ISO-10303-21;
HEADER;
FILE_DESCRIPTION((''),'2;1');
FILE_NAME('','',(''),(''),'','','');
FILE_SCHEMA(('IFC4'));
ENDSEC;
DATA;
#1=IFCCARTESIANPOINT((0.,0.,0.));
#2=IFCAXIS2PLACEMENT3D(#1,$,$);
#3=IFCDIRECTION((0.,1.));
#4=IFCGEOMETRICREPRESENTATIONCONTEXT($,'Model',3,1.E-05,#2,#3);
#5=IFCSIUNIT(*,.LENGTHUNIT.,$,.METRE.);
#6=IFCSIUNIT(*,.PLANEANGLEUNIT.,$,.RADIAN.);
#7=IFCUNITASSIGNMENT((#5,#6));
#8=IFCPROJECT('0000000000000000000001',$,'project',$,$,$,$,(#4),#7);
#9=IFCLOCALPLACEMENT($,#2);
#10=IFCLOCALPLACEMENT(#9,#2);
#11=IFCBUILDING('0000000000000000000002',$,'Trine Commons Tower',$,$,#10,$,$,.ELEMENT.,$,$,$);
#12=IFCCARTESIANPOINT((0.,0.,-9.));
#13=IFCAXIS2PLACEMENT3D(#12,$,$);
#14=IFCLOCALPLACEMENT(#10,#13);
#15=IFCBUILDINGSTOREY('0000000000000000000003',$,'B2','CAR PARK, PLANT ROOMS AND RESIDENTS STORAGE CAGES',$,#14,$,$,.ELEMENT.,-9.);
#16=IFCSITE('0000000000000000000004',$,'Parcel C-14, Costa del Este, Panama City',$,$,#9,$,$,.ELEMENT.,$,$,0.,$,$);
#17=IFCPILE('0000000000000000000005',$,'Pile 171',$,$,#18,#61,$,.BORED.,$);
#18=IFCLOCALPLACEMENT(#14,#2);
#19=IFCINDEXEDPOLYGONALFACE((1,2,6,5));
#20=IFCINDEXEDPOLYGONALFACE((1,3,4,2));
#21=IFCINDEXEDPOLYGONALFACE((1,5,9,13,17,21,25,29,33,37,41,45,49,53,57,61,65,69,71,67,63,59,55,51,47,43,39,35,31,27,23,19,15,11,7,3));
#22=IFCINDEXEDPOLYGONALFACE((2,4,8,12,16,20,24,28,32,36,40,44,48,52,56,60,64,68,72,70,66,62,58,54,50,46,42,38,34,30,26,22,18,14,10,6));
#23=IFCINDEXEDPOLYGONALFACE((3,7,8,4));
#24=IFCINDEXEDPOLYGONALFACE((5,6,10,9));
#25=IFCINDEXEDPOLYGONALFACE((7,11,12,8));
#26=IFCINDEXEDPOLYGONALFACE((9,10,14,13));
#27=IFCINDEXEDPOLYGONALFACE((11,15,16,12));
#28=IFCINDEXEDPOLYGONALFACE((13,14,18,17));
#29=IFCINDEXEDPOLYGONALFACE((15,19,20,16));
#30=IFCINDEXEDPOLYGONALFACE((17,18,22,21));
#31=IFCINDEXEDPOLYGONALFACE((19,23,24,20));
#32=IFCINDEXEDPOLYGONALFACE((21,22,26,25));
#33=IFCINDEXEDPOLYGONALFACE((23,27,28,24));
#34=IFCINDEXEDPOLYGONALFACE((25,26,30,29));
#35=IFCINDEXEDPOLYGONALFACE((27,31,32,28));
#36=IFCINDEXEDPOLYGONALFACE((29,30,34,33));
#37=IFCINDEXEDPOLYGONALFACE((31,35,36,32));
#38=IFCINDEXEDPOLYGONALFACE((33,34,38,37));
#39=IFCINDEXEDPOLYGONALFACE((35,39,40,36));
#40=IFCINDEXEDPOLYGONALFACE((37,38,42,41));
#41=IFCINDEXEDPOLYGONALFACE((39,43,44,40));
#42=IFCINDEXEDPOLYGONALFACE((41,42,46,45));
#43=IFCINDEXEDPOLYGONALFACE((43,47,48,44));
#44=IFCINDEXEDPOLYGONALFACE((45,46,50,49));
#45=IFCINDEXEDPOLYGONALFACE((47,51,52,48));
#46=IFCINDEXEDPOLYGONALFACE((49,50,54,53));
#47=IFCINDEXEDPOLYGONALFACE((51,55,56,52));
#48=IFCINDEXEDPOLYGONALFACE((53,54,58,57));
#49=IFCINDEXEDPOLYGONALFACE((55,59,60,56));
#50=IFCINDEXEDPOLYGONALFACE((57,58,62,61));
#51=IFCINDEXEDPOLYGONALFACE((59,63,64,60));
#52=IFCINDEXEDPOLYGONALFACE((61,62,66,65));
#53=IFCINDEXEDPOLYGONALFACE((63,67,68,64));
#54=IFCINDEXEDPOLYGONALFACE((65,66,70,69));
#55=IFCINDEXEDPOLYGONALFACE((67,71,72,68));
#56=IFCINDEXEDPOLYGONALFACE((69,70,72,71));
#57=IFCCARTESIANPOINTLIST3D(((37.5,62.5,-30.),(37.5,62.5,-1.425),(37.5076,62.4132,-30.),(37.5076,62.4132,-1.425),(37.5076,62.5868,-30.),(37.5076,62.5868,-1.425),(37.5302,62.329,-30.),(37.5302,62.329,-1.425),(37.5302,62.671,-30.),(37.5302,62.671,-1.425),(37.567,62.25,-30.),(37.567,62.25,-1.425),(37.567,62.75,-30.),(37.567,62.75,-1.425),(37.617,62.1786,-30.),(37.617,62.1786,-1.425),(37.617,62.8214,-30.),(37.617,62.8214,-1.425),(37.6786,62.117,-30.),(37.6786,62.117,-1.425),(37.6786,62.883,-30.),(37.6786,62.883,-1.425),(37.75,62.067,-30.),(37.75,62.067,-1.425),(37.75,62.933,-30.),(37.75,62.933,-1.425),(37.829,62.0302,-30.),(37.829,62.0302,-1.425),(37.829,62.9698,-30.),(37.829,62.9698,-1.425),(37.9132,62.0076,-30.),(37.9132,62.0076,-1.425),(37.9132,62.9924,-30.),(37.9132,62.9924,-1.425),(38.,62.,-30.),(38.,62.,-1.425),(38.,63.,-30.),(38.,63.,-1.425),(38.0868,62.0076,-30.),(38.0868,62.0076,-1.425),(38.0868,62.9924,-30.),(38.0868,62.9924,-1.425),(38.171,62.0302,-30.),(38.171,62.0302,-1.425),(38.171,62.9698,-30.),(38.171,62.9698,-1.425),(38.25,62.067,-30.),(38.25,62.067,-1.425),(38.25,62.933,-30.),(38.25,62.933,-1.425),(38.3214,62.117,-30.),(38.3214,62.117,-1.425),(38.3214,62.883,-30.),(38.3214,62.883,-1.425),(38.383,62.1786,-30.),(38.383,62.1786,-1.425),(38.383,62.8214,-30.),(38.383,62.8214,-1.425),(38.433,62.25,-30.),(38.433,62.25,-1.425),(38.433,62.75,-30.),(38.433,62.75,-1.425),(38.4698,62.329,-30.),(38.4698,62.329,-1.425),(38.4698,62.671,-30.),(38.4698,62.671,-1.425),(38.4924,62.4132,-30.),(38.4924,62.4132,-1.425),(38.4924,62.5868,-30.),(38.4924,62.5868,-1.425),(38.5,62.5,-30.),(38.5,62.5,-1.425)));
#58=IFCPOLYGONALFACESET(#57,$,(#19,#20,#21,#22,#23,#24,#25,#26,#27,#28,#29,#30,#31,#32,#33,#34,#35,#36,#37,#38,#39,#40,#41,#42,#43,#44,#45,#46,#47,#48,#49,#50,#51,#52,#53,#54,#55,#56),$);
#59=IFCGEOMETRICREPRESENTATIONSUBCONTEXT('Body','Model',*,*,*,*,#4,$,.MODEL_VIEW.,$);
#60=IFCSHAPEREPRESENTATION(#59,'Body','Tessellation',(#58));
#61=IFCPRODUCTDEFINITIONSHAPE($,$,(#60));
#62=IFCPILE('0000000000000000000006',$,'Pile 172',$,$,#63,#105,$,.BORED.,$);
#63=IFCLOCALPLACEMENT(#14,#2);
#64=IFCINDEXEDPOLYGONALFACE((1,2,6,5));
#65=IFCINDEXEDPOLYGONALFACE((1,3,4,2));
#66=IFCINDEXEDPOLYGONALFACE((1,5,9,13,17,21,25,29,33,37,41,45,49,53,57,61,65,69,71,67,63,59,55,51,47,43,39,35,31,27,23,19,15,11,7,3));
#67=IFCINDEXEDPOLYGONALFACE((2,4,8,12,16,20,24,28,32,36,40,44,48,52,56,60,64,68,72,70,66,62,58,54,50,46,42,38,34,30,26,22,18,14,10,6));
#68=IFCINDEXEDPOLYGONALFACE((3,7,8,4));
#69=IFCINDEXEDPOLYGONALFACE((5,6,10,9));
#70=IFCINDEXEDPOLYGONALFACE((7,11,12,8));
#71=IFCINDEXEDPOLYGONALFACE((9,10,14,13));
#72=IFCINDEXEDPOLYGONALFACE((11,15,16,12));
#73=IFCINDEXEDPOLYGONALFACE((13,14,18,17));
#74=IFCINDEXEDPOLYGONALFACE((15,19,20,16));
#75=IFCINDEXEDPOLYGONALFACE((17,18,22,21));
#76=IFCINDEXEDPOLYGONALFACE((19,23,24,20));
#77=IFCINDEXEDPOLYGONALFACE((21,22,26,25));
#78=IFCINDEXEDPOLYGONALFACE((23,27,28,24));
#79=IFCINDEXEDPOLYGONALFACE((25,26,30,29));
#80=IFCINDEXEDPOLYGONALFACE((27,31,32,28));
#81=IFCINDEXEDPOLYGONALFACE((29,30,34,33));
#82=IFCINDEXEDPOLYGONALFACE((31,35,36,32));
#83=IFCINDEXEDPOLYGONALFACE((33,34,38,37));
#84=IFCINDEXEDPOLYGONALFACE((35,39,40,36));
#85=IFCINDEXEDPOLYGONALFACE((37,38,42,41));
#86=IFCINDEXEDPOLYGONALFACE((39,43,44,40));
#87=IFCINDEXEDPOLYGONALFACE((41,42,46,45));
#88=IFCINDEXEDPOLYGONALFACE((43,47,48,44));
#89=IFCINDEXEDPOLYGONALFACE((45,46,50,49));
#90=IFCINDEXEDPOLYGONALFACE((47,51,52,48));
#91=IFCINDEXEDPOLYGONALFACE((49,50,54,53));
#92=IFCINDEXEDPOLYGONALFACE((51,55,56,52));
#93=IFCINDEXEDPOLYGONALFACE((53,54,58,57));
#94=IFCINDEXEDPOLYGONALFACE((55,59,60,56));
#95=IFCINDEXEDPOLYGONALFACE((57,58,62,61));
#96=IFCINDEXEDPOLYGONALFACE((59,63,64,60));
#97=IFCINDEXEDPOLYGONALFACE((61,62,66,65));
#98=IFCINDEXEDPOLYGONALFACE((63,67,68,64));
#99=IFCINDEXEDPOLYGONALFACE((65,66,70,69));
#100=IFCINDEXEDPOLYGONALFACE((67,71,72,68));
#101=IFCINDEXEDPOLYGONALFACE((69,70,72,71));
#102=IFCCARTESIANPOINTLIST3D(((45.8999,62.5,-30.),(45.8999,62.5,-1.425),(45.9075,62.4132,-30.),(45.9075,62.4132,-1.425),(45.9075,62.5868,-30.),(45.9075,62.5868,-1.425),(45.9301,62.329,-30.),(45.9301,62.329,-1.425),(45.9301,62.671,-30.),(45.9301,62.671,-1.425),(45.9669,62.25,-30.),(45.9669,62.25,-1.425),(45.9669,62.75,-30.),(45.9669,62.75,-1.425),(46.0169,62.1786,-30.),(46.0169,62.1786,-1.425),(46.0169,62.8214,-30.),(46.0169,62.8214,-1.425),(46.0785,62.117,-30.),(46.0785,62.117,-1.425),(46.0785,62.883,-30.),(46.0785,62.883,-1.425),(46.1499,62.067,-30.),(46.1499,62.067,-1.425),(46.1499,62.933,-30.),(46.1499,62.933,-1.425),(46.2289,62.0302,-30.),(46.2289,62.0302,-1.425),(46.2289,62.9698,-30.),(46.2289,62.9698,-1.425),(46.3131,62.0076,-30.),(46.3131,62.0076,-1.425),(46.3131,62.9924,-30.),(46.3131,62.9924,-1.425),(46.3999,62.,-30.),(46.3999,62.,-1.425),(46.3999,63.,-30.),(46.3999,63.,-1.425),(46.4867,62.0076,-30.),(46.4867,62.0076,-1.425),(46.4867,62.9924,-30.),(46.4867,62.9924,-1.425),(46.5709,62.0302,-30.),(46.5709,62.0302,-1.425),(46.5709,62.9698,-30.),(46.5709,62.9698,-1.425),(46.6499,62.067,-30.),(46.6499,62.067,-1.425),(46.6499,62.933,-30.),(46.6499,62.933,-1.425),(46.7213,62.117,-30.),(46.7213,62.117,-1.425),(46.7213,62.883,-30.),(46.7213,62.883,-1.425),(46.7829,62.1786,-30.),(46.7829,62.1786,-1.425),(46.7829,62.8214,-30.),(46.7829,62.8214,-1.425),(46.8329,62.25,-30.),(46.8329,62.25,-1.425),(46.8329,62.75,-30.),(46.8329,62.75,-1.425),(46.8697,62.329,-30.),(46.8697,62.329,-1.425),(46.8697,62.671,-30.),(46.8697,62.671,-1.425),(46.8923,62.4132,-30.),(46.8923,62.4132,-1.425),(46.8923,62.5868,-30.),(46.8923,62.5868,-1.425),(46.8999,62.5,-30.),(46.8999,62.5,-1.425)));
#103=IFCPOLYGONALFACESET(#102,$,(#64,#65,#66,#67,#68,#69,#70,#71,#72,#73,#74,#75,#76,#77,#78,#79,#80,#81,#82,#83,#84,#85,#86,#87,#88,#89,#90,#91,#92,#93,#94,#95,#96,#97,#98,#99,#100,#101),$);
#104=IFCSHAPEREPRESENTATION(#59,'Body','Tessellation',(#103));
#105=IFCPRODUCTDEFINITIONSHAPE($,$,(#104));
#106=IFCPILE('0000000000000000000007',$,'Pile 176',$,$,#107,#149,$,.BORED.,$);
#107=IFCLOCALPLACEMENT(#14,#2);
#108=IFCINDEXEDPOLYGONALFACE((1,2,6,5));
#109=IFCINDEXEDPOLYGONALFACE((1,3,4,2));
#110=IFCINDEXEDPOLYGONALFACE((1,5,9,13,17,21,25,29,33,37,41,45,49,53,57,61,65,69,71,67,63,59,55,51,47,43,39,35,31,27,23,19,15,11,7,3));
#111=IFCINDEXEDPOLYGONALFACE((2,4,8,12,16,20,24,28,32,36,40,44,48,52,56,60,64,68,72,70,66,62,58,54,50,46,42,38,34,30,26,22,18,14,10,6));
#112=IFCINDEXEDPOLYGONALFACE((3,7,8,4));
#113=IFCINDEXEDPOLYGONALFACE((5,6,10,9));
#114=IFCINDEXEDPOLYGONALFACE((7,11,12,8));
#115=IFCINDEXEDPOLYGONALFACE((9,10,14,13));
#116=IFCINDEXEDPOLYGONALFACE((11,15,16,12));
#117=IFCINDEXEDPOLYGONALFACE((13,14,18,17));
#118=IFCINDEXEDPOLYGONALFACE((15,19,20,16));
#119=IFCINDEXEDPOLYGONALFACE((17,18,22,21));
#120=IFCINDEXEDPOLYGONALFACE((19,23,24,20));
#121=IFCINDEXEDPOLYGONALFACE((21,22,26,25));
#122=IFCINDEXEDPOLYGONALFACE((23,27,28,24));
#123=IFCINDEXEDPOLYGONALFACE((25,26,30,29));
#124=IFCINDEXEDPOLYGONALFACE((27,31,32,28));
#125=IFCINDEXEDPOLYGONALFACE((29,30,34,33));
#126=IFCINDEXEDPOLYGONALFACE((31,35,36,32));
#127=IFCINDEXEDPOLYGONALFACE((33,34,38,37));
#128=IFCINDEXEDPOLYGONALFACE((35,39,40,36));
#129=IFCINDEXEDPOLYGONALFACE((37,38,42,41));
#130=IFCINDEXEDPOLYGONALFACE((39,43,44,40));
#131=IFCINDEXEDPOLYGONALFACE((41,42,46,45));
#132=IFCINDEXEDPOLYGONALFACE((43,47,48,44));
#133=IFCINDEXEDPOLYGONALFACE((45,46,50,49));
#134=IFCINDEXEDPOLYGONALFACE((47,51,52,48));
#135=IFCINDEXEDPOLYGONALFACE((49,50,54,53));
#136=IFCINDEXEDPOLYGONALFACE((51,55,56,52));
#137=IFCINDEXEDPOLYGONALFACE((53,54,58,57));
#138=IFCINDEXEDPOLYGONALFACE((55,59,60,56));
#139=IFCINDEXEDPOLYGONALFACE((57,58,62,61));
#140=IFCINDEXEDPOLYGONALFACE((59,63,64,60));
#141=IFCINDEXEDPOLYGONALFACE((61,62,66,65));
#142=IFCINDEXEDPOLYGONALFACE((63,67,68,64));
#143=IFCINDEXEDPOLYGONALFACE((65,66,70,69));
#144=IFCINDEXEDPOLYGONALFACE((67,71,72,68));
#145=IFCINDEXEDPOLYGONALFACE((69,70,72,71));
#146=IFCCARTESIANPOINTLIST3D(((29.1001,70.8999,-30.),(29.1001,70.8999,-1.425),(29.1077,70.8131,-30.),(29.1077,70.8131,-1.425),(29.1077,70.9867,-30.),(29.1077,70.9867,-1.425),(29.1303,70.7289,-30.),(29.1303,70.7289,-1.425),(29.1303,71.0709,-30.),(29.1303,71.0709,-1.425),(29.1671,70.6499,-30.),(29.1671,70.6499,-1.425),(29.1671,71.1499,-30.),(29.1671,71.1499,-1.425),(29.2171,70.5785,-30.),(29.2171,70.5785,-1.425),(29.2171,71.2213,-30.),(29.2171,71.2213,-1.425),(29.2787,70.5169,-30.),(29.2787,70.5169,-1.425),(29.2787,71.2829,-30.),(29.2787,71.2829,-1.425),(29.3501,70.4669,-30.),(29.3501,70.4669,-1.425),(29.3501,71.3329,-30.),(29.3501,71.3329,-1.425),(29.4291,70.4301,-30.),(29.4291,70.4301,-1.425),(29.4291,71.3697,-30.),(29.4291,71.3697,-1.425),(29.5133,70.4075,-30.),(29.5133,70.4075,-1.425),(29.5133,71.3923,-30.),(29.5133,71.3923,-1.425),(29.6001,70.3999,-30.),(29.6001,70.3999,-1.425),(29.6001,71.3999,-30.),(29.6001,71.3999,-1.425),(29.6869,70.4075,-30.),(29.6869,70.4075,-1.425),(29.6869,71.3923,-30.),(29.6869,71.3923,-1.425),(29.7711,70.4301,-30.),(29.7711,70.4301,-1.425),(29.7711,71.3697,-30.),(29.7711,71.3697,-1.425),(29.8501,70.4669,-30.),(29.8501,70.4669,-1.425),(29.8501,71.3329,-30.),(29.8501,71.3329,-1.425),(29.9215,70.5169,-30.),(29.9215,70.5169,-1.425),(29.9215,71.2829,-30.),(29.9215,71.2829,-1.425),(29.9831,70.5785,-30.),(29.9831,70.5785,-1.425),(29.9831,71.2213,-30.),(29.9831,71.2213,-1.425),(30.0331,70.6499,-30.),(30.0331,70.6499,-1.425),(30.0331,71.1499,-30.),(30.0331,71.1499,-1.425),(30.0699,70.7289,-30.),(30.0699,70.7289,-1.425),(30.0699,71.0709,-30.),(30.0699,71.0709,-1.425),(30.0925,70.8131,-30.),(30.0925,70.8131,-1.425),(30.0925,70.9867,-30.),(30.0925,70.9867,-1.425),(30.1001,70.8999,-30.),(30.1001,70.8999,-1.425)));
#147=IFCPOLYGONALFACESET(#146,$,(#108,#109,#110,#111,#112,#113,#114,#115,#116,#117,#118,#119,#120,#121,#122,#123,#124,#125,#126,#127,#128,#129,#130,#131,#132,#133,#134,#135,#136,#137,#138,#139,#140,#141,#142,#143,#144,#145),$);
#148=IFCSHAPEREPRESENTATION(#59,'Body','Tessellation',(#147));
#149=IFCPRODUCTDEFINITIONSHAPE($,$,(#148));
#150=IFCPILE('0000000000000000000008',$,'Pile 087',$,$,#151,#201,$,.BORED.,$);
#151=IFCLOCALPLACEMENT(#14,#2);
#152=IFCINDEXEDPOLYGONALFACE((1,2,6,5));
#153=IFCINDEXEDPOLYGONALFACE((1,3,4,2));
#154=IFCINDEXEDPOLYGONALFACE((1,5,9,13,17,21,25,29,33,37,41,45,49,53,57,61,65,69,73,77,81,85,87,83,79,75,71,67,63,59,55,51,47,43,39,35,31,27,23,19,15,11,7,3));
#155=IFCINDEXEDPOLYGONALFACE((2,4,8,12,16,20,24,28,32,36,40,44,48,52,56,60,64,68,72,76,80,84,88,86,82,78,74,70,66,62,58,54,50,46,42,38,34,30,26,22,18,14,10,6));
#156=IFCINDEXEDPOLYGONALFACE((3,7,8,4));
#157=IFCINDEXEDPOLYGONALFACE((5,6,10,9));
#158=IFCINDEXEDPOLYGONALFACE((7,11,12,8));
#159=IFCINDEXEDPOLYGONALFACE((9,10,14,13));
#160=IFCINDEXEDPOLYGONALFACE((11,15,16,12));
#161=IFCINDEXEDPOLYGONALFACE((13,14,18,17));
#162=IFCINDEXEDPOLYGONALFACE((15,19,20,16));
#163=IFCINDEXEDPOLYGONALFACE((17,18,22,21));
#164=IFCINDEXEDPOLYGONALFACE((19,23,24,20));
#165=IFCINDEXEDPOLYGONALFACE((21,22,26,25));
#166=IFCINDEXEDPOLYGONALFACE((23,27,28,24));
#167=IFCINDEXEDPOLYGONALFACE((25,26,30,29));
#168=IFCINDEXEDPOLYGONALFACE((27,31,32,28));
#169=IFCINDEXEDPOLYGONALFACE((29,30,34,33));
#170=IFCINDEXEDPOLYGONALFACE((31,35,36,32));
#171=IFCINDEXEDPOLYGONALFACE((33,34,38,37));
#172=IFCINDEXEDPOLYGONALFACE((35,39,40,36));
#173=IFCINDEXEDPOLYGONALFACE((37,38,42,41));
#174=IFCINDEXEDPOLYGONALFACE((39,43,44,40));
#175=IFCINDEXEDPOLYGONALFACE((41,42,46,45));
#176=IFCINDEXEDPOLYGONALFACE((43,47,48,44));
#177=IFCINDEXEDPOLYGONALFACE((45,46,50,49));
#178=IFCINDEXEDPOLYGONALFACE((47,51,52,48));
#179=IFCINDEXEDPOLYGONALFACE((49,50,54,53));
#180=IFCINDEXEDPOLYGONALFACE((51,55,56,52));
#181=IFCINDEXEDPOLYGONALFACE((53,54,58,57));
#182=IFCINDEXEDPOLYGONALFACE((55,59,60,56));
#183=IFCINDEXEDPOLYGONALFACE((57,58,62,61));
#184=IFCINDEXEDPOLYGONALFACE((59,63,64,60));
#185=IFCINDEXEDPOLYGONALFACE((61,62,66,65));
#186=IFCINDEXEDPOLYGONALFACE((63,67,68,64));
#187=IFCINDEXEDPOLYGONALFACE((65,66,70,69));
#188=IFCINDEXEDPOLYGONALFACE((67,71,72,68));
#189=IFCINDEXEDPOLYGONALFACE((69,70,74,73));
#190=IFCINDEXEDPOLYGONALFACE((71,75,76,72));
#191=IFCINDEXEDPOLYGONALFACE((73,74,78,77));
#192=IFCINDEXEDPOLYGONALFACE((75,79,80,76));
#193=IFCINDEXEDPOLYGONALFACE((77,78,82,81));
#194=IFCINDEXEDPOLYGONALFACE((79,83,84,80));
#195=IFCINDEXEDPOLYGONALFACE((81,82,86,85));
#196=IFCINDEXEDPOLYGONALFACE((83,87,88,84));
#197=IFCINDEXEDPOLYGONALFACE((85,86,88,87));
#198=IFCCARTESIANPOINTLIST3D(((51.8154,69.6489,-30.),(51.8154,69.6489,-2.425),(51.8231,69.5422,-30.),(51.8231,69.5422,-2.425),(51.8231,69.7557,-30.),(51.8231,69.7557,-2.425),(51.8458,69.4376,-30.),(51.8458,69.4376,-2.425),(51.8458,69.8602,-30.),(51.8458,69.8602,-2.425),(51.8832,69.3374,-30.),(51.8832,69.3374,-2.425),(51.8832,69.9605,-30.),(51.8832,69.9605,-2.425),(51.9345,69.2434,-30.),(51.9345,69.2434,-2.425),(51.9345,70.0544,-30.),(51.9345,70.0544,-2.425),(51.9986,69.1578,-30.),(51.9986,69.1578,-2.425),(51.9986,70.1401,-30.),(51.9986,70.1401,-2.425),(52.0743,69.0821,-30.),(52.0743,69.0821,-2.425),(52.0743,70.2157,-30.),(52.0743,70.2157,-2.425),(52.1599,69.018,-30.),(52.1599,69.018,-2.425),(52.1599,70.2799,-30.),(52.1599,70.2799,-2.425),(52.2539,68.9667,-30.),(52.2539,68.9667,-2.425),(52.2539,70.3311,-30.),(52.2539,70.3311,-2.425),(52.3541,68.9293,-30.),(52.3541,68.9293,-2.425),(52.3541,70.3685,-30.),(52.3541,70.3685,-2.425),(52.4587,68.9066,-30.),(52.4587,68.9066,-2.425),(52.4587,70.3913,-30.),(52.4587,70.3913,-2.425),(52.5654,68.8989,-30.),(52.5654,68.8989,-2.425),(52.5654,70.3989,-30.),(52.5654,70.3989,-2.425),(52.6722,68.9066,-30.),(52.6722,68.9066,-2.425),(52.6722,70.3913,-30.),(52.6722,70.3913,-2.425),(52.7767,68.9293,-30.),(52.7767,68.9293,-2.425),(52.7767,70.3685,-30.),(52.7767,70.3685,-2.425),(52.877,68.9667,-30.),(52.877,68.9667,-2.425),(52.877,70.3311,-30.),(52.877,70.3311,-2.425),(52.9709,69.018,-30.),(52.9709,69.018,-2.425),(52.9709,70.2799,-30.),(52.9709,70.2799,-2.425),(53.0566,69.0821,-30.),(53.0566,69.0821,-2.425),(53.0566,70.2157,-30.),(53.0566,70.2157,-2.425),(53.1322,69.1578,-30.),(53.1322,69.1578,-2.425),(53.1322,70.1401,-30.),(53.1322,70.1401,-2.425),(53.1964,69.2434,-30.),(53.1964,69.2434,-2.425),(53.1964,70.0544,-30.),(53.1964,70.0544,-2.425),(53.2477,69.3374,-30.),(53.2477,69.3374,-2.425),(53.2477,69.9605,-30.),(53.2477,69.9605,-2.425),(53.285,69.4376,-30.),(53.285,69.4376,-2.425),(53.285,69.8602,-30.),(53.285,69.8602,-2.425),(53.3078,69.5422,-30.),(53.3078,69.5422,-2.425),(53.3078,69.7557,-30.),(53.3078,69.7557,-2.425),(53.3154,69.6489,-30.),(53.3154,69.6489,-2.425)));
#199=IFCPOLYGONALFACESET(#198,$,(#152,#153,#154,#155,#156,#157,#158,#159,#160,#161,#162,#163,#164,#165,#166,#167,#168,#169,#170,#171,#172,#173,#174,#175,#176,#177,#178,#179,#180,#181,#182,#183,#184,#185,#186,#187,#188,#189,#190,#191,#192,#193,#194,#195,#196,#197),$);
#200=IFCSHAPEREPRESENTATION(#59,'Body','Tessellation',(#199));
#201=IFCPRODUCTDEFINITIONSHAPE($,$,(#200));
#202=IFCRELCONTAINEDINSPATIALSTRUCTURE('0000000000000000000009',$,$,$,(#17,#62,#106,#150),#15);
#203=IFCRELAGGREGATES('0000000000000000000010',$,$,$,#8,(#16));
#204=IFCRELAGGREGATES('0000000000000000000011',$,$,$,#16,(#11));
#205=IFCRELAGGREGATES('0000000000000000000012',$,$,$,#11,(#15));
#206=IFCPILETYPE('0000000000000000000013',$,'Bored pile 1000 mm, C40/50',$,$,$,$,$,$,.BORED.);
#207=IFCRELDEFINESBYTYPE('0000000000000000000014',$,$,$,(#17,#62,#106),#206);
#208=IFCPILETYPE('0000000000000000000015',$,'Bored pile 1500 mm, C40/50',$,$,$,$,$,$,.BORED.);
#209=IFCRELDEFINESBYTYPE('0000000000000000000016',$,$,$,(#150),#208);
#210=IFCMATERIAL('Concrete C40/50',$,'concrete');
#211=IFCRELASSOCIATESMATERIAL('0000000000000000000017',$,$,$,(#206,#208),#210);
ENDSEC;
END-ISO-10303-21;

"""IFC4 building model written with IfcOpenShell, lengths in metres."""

from ifc_helpers import new_model, si_unit, direction, frame, origin, origin_2d, place, context, subcontext, project, spatial, circle, extrude, material, type_object, element, save


model = new_model("IFC4")

# Units and contexts
model_context = context("Model", 3, precision=1e-05, world=origin(), true_north=direction((0.0, 1.0)))
body_context = subcontext(model_context, "Body", "Model", "MODEL_VIEW")
ifc_project = project(units=[si_unit("LENGTHUNIT", "METRE"), si_unit("PLANEANGLEUNIT", "RADIAN")], contexts=[model_context])

# Site, building, storey
site_placement = place(None, origin())
site = spatial("IfcSite", under=ifc_project, at=site_placement, Name="Parcel C-14, Costa del Este, Panama City", CompositionType="ELEMENT", RefElevation=0.0)
building_placement = place(site_placement, origin())
building = spatial("IfcBuilding", under=site, at=building_placement, Name="Trine Commons Tower", CompositionType="ELEMENT")
storey_placement = place(building_placement, frame((0.0, 0.0, -9.0)))
storey = spatial("IfcBuildingStorey", under=building, at=storey_placement, Name="B2", Description="CAR PARK, PLANT ROOMS AND RESIDENTS STORAGE CAGES", CompositionType="ELEMENT", Elevation=-9.0)

# Piles
ifc_material_1 = material(Name="Concrete C40/50", Category="concrete")
pile_type_1 = type_object("IfcPileType", Name="Bored pile 1000 mm, C40/50", PredefinedType="BORED", material=ifc_material_1)
for number, where, z_axis, x_axis, name in (
    (1, (38.0, 62.5, -1.425), (0.0, 0.0, -1.0), (1.0, 0.0, 0.0), "Pile 171"),
    (2, (46.3999, 62.5, -1.425), (0.0, 0.0, -1.0), (1.0, 0.0, 0.0), "Pile 172"),
    (3, (29.6001, 70.8999, -1.425), (0.0, 0.0, -1.0), (1.0, 0.0, 0.0), "Pile 176"),
):
    element("IfcPile", number, at=place(storey_placement, frame(where, z_axis=z_axis, x_axis=x_axis)), inside=storey, type_object=pile_type_1, Name=name, PredefinedType="BORED", context=body_context, shape_type="SweptSolid", body=[
        extrude(circle(Radius=0.5, at=origin_2d()), origin(), (0.0, 0.0, 1.0), 28.575),
    ])
pile_type_2 = type_object("IfcPileType", Name="Bored pile 1500 mm, C40/50", PredefinedType="BORED", material=ifc_material_1)
pile_placement = place(storey_placement, frame((52.5654, 69.6489, -2.425), z_axis=(0.0, 0.0, -1.0), x_axis=(1.0, 0.0, 0.0)))
element("IfcPile", 4, at=pile_placement, inside=storey, type_object=pile_type_2, Name="Pile 087", PredefinedType="BORED", context=body_context, shape_type="SweptSolid", body=[
    extrude(circle(Radius=0.75, at=origin_2d()), origin(), (0.0, 0.0, 1.0), 27.575),
])

save(model, "model.ifc")
